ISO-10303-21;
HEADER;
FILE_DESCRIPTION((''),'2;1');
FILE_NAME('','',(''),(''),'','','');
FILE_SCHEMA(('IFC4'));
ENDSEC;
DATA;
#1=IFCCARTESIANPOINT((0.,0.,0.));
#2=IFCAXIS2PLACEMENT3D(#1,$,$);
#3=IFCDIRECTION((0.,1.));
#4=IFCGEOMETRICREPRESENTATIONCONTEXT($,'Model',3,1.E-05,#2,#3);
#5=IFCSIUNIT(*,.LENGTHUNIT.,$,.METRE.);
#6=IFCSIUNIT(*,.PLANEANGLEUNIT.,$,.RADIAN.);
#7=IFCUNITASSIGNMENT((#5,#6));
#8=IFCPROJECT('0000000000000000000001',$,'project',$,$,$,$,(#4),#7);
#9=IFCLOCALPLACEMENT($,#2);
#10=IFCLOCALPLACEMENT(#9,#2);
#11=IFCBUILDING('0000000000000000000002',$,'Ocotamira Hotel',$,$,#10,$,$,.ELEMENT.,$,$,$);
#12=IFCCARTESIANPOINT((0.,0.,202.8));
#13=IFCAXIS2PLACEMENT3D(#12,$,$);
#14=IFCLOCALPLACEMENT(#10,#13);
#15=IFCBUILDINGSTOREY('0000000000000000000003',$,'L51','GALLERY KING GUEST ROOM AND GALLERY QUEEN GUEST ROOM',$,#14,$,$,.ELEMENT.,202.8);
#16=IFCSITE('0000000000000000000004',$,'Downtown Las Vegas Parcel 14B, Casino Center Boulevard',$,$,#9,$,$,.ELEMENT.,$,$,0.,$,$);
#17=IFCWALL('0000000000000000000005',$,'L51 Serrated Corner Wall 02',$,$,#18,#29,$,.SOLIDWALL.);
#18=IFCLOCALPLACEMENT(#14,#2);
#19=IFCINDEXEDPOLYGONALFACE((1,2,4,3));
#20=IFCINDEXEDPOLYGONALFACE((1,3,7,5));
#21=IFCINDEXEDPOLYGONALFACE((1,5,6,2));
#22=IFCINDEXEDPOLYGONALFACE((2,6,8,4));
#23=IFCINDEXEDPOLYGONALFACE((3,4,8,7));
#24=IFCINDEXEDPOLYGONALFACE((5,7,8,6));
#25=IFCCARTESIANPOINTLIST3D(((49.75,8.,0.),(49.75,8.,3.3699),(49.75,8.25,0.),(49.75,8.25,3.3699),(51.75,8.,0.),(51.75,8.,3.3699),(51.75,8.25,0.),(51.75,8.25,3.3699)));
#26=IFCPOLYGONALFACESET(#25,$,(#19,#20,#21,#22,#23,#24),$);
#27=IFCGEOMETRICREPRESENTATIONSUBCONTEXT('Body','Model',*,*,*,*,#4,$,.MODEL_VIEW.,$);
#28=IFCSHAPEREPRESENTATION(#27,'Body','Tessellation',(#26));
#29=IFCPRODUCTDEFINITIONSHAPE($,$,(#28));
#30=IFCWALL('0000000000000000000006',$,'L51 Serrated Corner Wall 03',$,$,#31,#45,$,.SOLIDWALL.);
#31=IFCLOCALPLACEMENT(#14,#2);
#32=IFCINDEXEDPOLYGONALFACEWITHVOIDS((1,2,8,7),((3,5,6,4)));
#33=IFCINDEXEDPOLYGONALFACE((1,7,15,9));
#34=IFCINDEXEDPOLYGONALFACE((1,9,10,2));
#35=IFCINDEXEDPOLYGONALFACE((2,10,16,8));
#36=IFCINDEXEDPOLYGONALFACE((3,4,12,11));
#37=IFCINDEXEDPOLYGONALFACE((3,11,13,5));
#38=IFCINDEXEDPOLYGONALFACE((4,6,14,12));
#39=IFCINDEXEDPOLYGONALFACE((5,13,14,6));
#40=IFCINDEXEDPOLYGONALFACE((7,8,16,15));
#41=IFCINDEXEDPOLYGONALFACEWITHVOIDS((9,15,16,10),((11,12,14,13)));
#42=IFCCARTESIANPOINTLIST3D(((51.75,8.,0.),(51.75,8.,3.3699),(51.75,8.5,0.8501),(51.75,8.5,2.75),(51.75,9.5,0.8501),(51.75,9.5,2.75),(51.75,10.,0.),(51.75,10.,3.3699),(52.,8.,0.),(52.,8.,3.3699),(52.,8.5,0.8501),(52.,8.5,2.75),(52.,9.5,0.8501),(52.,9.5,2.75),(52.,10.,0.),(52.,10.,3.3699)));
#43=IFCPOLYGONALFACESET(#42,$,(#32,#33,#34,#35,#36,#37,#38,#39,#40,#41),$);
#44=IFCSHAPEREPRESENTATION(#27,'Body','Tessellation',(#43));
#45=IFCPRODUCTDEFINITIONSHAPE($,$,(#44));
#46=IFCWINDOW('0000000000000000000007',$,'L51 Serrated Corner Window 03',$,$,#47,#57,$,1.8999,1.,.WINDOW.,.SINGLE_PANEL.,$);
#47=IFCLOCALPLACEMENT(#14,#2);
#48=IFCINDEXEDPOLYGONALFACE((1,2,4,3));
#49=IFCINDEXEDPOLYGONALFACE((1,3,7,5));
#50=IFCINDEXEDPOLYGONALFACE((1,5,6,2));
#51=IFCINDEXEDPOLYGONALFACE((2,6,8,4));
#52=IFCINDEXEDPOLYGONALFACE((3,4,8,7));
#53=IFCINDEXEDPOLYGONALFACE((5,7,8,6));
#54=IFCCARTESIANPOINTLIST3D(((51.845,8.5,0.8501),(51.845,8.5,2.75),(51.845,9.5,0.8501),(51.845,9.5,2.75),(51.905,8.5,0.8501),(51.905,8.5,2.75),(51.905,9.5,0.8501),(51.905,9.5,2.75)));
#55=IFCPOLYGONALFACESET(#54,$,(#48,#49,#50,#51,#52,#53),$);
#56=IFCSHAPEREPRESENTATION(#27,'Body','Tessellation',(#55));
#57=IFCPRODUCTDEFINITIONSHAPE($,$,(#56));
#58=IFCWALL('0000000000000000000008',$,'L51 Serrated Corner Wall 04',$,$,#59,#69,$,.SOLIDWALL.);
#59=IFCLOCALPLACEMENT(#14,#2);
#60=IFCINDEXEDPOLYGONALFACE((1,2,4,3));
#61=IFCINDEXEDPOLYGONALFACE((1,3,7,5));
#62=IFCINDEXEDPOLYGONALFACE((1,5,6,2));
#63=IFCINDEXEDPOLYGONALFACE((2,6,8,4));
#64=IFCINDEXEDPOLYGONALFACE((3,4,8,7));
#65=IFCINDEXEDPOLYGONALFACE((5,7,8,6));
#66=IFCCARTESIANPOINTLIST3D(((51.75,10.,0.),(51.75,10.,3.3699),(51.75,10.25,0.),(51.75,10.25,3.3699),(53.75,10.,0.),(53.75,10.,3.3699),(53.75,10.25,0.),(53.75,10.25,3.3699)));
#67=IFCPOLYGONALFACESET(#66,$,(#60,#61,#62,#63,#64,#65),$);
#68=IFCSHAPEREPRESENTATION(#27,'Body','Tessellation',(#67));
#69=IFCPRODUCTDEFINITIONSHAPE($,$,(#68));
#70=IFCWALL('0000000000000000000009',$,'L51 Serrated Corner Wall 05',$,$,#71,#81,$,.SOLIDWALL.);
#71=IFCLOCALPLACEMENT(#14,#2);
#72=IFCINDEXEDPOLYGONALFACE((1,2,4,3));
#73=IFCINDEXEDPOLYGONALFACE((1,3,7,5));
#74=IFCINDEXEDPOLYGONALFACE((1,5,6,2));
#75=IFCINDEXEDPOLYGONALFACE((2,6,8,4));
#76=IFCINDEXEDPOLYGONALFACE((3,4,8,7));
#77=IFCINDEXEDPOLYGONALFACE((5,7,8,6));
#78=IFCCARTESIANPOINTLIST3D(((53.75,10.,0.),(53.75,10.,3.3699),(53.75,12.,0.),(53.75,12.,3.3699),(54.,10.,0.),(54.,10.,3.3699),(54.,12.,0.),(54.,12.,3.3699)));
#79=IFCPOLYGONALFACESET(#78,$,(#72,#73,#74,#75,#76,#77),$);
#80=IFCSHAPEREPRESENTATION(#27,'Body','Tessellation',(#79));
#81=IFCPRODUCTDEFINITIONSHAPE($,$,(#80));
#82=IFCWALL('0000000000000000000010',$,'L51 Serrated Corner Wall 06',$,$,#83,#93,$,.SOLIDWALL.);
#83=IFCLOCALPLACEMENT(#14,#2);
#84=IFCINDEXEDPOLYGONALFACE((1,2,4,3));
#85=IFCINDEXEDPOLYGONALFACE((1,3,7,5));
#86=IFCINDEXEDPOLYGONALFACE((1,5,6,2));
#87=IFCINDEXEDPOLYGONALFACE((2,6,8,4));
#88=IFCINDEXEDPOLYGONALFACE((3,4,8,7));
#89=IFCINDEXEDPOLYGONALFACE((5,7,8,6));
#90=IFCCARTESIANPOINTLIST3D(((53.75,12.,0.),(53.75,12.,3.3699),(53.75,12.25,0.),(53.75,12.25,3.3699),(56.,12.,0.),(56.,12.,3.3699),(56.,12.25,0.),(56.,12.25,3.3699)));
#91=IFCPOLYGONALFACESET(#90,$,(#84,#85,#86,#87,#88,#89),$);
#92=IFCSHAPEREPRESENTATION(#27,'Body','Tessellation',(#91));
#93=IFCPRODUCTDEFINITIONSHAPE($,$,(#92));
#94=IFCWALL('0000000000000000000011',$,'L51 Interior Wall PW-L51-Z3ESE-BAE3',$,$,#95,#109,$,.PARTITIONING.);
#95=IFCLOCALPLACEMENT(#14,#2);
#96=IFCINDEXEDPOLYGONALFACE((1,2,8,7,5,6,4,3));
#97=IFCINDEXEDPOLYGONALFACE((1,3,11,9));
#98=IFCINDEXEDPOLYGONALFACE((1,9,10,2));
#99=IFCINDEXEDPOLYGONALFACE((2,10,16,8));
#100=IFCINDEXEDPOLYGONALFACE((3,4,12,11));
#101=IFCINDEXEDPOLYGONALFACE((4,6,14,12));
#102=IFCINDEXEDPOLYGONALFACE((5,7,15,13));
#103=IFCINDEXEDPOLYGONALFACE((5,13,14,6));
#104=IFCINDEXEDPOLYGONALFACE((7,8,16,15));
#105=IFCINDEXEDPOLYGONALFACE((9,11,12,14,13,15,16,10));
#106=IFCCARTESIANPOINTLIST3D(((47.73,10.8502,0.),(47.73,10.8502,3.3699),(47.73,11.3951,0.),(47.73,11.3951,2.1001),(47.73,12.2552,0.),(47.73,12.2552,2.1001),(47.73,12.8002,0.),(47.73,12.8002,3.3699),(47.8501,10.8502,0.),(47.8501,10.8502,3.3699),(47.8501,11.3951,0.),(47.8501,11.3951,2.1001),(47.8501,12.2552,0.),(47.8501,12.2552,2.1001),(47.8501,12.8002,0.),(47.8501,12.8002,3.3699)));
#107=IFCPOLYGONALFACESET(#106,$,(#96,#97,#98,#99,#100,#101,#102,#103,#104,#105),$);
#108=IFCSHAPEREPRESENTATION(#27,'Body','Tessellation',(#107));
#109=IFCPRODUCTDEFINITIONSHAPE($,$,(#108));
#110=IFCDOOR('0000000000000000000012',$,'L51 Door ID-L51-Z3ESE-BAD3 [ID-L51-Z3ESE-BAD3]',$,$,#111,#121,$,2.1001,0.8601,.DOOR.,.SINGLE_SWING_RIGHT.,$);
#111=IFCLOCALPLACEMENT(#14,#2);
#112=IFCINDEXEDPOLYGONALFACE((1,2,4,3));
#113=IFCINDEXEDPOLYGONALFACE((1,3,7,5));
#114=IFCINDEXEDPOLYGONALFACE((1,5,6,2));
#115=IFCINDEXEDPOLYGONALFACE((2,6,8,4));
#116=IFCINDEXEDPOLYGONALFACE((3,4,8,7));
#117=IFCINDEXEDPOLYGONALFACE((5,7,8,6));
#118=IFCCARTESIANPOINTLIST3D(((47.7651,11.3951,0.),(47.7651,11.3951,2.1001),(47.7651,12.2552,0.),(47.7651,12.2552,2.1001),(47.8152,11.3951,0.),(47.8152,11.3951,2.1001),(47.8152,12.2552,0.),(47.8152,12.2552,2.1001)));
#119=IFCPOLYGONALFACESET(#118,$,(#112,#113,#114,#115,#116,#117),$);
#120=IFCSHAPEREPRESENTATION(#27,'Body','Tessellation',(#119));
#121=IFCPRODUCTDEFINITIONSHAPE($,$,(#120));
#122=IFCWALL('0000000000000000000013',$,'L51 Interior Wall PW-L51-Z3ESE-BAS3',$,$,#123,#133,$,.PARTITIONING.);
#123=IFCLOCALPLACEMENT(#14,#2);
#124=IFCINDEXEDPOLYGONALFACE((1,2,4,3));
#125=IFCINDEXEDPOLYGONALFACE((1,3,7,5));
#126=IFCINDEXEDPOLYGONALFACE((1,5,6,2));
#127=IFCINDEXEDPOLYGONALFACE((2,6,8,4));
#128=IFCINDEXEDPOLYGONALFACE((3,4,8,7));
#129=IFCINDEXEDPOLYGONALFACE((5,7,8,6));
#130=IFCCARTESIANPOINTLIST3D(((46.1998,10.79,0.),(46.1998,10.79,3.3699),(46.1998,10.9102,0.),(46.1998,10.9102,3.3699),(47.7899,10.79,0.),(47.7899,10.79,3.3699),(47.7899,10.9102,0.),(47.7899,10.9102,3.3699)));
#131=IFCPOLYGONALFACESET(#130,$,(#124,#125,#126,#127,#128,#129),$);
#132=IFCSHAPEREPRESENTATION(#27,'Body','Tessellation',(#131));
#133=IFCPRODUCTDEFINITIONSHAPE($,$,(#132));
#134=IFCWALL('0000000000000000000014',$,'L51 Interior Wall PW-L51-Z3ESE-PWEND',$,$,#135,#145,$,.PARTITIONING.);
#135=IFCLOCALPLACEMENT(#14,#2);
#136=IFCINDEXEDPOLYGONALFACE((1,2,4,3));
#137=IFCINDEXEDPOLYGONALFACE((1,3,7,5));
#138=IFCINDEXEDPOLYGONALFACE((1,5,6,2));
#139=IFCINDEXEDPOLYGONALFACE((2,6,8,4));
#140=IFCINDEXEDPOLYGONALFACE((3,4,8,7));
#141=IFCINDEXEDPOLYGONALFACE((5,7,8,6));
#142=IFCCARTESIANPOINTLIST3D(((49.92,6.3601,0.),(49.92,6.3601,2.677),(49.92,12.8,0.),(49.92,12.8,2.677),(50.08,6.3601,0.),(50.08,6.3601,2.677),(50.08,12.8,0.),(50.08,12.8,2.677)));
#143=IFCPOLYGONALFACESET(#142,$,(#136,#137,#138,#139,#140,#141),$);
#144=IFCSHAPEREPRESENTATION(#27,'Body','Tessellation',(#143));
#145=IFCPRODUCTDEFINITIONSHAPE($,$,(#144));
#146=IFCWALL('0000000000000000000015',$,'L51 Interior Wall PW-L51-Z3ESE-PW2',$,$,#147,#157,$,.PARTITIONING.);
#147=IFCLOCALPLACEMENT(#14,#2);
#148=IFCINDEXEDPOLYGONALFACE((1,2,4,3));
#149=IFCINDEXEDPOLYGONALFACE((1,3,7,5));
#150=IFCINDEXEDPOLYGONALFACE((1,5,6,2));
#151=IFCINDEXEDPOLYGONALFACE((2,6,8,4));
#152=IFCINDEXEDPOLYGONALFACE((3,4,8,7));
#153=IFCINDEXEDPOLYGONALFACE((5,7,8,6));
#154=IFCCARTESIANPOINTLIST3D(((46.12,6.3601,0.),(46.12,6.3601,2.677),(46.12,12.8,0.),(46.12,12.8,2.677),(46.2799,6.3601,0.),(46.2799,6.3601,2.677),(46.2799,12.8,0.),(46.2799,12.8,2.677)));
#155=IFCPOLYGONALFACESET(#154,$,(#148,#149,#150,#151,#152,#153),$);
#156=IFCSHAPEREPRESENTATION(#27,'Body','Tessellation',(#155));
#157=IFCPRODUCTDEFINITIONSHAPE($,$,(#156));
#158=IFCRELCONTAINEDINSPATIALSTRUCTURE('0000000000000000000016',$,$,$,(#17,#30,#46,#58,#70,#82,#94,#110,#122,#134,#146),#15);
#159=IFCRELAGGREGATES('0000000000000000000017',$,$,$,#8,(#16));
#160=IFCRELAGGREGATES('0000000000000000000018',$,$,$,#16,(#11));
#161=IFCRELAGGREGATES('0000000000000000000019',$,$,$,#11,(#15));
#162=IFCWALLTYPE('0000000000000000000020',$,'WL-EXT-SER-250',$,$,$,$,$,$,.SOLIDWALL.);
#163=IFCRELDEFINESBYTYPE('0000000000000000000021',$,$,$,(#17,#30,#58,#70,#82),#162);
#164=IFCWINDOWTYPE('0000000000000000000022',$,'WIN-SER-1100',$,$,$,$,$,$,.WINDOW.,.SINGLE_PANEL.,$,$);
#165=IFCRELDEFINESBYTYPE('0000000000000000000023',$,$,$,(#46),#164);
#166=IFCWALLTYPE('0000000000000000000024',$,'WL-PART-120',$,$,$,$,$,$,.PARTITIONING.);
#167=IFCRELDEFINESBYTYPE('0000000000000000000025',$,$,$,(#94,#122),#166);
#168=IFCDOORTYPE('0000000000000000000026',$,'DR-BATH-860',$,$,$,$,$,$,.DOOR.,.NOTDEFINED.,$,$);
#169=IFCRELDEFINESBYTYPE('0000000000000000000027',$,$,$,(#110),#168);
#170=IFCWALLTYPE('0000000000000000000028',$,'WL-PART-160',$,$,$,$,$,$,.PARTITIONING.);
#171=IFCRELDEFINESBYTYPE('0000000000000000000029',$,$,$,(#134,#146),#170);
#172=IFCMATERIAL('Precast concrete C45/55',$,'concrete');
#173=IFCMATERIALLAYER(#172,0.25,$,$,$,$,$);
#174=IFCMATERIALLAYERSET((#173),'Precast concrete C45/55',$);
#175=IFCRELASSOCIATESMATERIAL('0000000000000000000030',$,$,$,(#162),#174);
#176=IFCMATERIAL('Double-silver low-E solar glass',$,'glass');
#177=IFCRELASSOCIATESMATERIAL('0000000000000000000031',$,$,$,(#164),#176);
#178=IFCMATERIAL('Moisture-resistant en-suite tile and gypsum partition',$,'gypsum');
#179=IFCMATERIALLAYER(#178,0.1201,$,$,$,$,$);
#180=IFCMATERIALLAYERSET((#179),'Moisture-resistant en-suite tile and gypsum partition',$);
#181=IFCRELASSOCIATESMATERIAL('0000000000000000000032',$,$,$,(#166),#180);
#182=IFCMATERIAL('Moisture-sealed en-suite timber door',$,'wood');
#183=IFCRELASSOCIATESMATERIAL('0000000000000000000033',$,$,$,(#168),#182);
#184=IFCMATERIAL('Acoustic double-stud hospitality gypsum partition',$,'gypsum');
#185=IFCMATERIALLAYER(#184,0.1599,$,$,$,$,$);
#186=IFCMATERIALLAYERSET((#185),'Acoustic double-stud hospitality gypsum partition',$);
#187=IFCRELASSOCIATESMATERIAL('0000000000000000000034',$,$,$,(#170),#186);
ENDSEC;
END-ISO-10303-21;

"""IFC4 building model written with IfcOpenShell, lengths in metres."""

from ifc_helpers import new_model, si_unit, direction, frame, frame_2d, origin, place, context, subcontext, project, spatial, rectangle, extrude, source, transform, mapped, material, layer, layer_set, type_object, element, fill, save


model = new_model("IFC4")

# Units and contexts
model_context = context("Model", 3, precision=1e-05, world=origin(), true_north=direction((0.0, 1.0)))
body_context = subcontext(model_context, "Body", "Model", "MODEL_VIEW")
ifc_project = project(units=[si_unit("LENGTHUNIT", "METRE"), si_unit("PLANEANGLEUNIT", "RADIAN")], contexts=[model_context])

# Site, building, storey
site_placement = place(None, origin())
site = spatial("IfcSite", under=ifc_project, at=site_placement, Name="Downtown Las Vegas Parcel 14B, Casino Center Boulevard", CompositionType="ELEMENT", RefElevation=0.0)
building_placement = place(site_placement, origin())
building = spatial("IfcBuilding", under=site, at=building_placement, Name="Ocotamira Hotel", CompositionType="ELEMENT")
storey_placement = place(building_placement, frame((0.0, 0.0, 202.8)))
storey = spatial("IfcBuildingStorey", under=building, at=storey_placement, Name="L51", Description="GALLERY KING GUEST ROOM AND GALLERY QUEEN GUEST ROOM", CompositionType="ELEMENT", Elevation=202.8)

# Wall
ifc_material_1 = material(Name="Precast concrete C45/55", Category="concrete")
ifc_layer_1 = layer(ifc_material_1, 0.25)
ifc_layer_set_1 = layer_set([ifc_layer_1], Name="Precast concrete C45/55")
wall_type_1 = type_object("IfcWallType", Name="WL-EXT-SER-250", PredefinedType="SOLIDWALL", material=ifc_layer_set_1)
wall_1_placement = place(storey_placement, frame((49.75, 8.125, 0.0), z_axis=(0.0, 0.0, 1.0), x_axis=(1.0, 0.0, 0.0)))
element("IfcWall", 1, at=wall_1_placement, inside=storey, type_object=wall_type_1, Name="L51 Serrated Corner Wall 02", PredefinedType="SOLIDWALL", context=body_context, shape_type="SweptSolid", body=[
    extrude(rectangle(XDim=2.0, YDim=0.25, at=frame_2d((1.0, 0.0))), origin(), (0.0, 0.0, 1.0), 3.3699),
])

# Wall, opening, window
wall_2_placement = place(storey_placement, frame((51.875, 8.0, 0.0), z_axis=(0.0, 0.0, 1.0), x_axis=(0.0, 1.0, 0.0)))
wall_2 = element("IfcWall", 2, at=wall_2_placement, inside=storey, type_object=wall_type_1, Name="L51 Serrated Corner Wall 03", PredefinedType="SOLIDWALL", context=body_context, shape_type="SweptSolid", body=[
    extrude(rectangle(XDim=2.0, YDim=0.25, at=frame_2d((1.0, 0.0))), origin(), (0.0, 0.0, 1.0), 3.3699),
])
opening_1_placement = place(wall_2_placement, frame((0.5, 0.0, 0.8501)))
opening_1 = element("IfcOpeningElement", 3, at=opening_1_placement, cuts=wall_2, PredefinedType="OPENING", context=body_context, shape_type="SweptSolid", body=[
    extrude(rectangle(XDim=1.0, YDim=1.8999, at=frame_2d((0.5, 0.95))), frame((0.0, 0.135, 0.0), z_axis=(0.0, -1.0, 0.0), x_axis=(1.0, 0.0, 0.0)), (0.0, 0.0, 1.0), 0.27),
])
ifc_material_2 = material(Name="Double-silver low-E solar glass", Category="glass")
window_type = type_object("IfcWindowType", Name="WIN-SER-1100", PartitioningType="SINGLE_PANEL", PredefinedType="WINDOW", material=ifc_material_2)
shared_shape_1 = source(origin(), body_context, "Body", "SweptSolid", [
    extrude(rectangle(XDim=1.0, YDim=1.8999, at=frame_2d((0.5, 0.95))), frame((0.0, 0.03, 0.0), z_axis=(0.0, -1.0, 0.0), x_axis=(1.0, 0.0, 0.0)), (0.0, 0.0, 1.0), 0.0601),
])
window_placement = place(opening_1_placement, origin())
window = element("IfcWindow", 4, at=window_placement, inside=storey, type_object=window_type, Name="L51 Serrated Corner Window 03", OverallHeight=1.8999, OverallWidth=1.0, PartitioningType="SINGLE_PANEL", PredefinedType="WINDOW", context=body_context, shape_type="MappedRepresentation", body=[
    mapped(shared_shape_1, transform((0.0, 0.0, 0.0), scale=1.0)),
])
fill(opening_1, window)

# Walls
for number, where, z_axis, x_axis, name in (
    (5, (51.75, 10.125, 0.0), (0.0, 0.0, 1.0), (1.0, 0.0, 0.0), "L51 Serrated Corner Wall 04"),
    (6, (53.875, 10.0, 0.0), (0.0, 0.0, 1.0), (0.0, 1.0, 0.0), "L51 Serrated Corner Wall 05"),
):
    element("IfcWall", number, at=place(storey_placement, frame(where, z_axis=z_axis, x_axis=x_axis)), inside=storey, type_object=wall_type_1, Name=name, PredefinedType="SOLIDWALL", context=body_context, shape_type="SweptSolid", body=[
        extrude(rectangle(XDim=2.0, YDim=0.25, at=frame_2d((1.0, 0.0))), origin(), (0.0, 0.0, 1.0), 3.3699),
    ])
wall_3_placement = place(storey_placement, frame((53.75, 12.125, 0.0), z_axis=(0.0, 0.0, 1.0), x_axis=(1.0, 0.0, 0.0)))
element("IfcWall", 7, at=wall_3_placement, inside=storey, type_object=wall_type_1, Name="L51 Serrated Corner Wall 06", PredefinedType="SOLIDWALL", context=body_context, shape_type="SweptSolid", body=[
    extrude(rectangle(XDim=2.25, YDim=0.25, at=frame_2d((1.125, 0.0))), origin(), (0.0, 0.0, 1.0), 3.3699),
])

# Wall, opening, door
ifc_material_3 = material(Name="Moisture-resistant en-suite tile and gypsum partition", Category="gypsum")
ifc_layer_2 = layer(ifc_material_3, 0.1201)
ifc_layer_set_2 = layer_set([ifc_layer_2], Name="Moisture-resistant en-suite tile and gypsum partition")
wall_type_2 = type_object("IfcWallType", Name="WL-PART-120", PredefinedType="PARTITIONING", material=ifc_layer_set_2)
wall_4_placement = place(storey_placement, frame((47.79, 10.8501, 0.0), z_axis=(0.0, 0.0, 1.0), x_axis=(0.0, 1.0, 0.0)))
wall_4 = element("IfcWall", 8, at=wall_4_placement, inside=storey, type_object=wall_type_2, Name="L51 Interior Wall PW-L51-Z3ESE-BAE3", PredefinedType="PARTITIONING", context=body_context, shape_type="SweptSolid", body=[
    extrude(rectangle(XDim=1.95, YDim=0.1201, at=frame_2d((0.9751, 0.0))), origin(), (0.0, 0.0, 1.0), 3.3699),
])
opening_2_placement = place(wall_4_placement, frame((0.5449, 0.0, 0.0)))
opening_2 = element("IfcOpeningElement", 9, at=opening_2_placement, cuts=wall_4, PredefinedType="OPENING", context=body_context, shape_type="SweptSolid", body=[
    extrude(rectangle(XDim=0.8601, YDim=2.1001, at=frame_2d((0.4302, 1.05))), frame((0.0, 0.0701, 0.0), z_axis=(0.0, -1.0, 0.0), x_axis=(1.0, 0.0, 0.0)), (0.0, 0.0, 1.0), 0.1401),
])
ifc_material_4 = material(Name="Moisture-sealed en-suite timber door", Category="wood")
door_type_1 = type_object("IfcDoorType", Name="DR-BATH-860", OperationType="NOTDEFINED", PredefinedType="DOOR", material=ifc_material_4)
shared_shape_2 = source(origin(), body_context, "Body", "SweptSolid", [
    extrude(rectangle(XDim=0.8601, YDim=2.1001, at=frame_2d((0.4302, 1.05))), frame((0.0, 0.0249, 0.0), z_axis=(0.0, -1.0, 0.0), x_axis=(1.0, 0.0, 0.0)), (0.0, 0.0, 1.0), 0.05),
])
door_1_placement = place(opening_2_placement, origin())
door_1 = element("IfcDoor", 10, at=door_1_placement, inside=storey, type_object=door_type_1, Name="L51 Door ID-L51-Z3ESE-BAD3 [ID-L51-Z3ESE-BAD3]", OperationType="SINGLE_SWING_RIGHT", OverallHeight=2.1001, OverallWidth=0.8601, PredefinedType="DOOR", context=body_context, shape_type="MappedRepresentation", body=[
    mapped(shared_shape_2, transform((0.0, 0.0, 0.0), scale=1.0)),
])
fill(opening_2, door_1)

# Walls
wall_5_placement = place(storey_placement, frame((46.2, 10.8501, 0.0), z_axis=(0.0, 0.0, 1.0), x_axis=(1.0, 0.0, 0.0)))
element("IfcWall", 11, at=wall_5_placement, inside=storey, type_object=wall_type_2, Name="L51 Interior Wall PW-L51-Z3ESE-BAS3", PredefinedType="PARTITIONING", context=body_context, shape_type="SweptSolid", body=[
    extrude(rectangle(XDim=1.5901, YDim=0.1201, at=frame_2d((0.7949, 0.0))), origin(), (0.0, 0.0, 1.0), 3.3699),
])
ifc_material_5 = material(Name="Acoustic double-stud hospitality gypsum partition", Category="gypsum")
ifc_layer_3 = layer(ifc_material_5, 0.1599)
ifc_layer_set_3 = layer_set([ifc_layer_3], Name="Acoustic double-stud hospitality gypsum partition")
wall_type_3 = type_object("IfcWallType", Name="WL-PART-160", PredefinedType="PARTITIONING", material=ifc_layer_set_3)
for number, where, z_axis, x_axis, name in (
    (12, (50.0, 6.3601, 0.0), (0.0, 0.0, 1.0), (0.0, 1.0, 0.0), "L51 Interior Wall PW-L51-Z3ESE-PWEND"),
    (13, (46.2, 6.3601, 0.0), (0.0, 0.0, 1.0), (0.0, 1.0, 0.0), "L51 Interior Wall PW-L51-Z3ESE-PW2"),
):
    element("IfcWall", number, at=place(storey_placement, frame(where, z_axis=z_axis, x_axis=x_axis)), inside=storey, type_object=wall_type_3, Name=name, PredefinedType="PARTITIONING", context=body_context, shape_type="SweptSolid", body=[
        extrude(rectangle(XDim=6.4399, YDim=0.1599, at=frame_2d((3.22, 0.0))), origin(), (0.0, 0.0, 1.0), 2.677),
    ])

save(model, "model.ifc")
